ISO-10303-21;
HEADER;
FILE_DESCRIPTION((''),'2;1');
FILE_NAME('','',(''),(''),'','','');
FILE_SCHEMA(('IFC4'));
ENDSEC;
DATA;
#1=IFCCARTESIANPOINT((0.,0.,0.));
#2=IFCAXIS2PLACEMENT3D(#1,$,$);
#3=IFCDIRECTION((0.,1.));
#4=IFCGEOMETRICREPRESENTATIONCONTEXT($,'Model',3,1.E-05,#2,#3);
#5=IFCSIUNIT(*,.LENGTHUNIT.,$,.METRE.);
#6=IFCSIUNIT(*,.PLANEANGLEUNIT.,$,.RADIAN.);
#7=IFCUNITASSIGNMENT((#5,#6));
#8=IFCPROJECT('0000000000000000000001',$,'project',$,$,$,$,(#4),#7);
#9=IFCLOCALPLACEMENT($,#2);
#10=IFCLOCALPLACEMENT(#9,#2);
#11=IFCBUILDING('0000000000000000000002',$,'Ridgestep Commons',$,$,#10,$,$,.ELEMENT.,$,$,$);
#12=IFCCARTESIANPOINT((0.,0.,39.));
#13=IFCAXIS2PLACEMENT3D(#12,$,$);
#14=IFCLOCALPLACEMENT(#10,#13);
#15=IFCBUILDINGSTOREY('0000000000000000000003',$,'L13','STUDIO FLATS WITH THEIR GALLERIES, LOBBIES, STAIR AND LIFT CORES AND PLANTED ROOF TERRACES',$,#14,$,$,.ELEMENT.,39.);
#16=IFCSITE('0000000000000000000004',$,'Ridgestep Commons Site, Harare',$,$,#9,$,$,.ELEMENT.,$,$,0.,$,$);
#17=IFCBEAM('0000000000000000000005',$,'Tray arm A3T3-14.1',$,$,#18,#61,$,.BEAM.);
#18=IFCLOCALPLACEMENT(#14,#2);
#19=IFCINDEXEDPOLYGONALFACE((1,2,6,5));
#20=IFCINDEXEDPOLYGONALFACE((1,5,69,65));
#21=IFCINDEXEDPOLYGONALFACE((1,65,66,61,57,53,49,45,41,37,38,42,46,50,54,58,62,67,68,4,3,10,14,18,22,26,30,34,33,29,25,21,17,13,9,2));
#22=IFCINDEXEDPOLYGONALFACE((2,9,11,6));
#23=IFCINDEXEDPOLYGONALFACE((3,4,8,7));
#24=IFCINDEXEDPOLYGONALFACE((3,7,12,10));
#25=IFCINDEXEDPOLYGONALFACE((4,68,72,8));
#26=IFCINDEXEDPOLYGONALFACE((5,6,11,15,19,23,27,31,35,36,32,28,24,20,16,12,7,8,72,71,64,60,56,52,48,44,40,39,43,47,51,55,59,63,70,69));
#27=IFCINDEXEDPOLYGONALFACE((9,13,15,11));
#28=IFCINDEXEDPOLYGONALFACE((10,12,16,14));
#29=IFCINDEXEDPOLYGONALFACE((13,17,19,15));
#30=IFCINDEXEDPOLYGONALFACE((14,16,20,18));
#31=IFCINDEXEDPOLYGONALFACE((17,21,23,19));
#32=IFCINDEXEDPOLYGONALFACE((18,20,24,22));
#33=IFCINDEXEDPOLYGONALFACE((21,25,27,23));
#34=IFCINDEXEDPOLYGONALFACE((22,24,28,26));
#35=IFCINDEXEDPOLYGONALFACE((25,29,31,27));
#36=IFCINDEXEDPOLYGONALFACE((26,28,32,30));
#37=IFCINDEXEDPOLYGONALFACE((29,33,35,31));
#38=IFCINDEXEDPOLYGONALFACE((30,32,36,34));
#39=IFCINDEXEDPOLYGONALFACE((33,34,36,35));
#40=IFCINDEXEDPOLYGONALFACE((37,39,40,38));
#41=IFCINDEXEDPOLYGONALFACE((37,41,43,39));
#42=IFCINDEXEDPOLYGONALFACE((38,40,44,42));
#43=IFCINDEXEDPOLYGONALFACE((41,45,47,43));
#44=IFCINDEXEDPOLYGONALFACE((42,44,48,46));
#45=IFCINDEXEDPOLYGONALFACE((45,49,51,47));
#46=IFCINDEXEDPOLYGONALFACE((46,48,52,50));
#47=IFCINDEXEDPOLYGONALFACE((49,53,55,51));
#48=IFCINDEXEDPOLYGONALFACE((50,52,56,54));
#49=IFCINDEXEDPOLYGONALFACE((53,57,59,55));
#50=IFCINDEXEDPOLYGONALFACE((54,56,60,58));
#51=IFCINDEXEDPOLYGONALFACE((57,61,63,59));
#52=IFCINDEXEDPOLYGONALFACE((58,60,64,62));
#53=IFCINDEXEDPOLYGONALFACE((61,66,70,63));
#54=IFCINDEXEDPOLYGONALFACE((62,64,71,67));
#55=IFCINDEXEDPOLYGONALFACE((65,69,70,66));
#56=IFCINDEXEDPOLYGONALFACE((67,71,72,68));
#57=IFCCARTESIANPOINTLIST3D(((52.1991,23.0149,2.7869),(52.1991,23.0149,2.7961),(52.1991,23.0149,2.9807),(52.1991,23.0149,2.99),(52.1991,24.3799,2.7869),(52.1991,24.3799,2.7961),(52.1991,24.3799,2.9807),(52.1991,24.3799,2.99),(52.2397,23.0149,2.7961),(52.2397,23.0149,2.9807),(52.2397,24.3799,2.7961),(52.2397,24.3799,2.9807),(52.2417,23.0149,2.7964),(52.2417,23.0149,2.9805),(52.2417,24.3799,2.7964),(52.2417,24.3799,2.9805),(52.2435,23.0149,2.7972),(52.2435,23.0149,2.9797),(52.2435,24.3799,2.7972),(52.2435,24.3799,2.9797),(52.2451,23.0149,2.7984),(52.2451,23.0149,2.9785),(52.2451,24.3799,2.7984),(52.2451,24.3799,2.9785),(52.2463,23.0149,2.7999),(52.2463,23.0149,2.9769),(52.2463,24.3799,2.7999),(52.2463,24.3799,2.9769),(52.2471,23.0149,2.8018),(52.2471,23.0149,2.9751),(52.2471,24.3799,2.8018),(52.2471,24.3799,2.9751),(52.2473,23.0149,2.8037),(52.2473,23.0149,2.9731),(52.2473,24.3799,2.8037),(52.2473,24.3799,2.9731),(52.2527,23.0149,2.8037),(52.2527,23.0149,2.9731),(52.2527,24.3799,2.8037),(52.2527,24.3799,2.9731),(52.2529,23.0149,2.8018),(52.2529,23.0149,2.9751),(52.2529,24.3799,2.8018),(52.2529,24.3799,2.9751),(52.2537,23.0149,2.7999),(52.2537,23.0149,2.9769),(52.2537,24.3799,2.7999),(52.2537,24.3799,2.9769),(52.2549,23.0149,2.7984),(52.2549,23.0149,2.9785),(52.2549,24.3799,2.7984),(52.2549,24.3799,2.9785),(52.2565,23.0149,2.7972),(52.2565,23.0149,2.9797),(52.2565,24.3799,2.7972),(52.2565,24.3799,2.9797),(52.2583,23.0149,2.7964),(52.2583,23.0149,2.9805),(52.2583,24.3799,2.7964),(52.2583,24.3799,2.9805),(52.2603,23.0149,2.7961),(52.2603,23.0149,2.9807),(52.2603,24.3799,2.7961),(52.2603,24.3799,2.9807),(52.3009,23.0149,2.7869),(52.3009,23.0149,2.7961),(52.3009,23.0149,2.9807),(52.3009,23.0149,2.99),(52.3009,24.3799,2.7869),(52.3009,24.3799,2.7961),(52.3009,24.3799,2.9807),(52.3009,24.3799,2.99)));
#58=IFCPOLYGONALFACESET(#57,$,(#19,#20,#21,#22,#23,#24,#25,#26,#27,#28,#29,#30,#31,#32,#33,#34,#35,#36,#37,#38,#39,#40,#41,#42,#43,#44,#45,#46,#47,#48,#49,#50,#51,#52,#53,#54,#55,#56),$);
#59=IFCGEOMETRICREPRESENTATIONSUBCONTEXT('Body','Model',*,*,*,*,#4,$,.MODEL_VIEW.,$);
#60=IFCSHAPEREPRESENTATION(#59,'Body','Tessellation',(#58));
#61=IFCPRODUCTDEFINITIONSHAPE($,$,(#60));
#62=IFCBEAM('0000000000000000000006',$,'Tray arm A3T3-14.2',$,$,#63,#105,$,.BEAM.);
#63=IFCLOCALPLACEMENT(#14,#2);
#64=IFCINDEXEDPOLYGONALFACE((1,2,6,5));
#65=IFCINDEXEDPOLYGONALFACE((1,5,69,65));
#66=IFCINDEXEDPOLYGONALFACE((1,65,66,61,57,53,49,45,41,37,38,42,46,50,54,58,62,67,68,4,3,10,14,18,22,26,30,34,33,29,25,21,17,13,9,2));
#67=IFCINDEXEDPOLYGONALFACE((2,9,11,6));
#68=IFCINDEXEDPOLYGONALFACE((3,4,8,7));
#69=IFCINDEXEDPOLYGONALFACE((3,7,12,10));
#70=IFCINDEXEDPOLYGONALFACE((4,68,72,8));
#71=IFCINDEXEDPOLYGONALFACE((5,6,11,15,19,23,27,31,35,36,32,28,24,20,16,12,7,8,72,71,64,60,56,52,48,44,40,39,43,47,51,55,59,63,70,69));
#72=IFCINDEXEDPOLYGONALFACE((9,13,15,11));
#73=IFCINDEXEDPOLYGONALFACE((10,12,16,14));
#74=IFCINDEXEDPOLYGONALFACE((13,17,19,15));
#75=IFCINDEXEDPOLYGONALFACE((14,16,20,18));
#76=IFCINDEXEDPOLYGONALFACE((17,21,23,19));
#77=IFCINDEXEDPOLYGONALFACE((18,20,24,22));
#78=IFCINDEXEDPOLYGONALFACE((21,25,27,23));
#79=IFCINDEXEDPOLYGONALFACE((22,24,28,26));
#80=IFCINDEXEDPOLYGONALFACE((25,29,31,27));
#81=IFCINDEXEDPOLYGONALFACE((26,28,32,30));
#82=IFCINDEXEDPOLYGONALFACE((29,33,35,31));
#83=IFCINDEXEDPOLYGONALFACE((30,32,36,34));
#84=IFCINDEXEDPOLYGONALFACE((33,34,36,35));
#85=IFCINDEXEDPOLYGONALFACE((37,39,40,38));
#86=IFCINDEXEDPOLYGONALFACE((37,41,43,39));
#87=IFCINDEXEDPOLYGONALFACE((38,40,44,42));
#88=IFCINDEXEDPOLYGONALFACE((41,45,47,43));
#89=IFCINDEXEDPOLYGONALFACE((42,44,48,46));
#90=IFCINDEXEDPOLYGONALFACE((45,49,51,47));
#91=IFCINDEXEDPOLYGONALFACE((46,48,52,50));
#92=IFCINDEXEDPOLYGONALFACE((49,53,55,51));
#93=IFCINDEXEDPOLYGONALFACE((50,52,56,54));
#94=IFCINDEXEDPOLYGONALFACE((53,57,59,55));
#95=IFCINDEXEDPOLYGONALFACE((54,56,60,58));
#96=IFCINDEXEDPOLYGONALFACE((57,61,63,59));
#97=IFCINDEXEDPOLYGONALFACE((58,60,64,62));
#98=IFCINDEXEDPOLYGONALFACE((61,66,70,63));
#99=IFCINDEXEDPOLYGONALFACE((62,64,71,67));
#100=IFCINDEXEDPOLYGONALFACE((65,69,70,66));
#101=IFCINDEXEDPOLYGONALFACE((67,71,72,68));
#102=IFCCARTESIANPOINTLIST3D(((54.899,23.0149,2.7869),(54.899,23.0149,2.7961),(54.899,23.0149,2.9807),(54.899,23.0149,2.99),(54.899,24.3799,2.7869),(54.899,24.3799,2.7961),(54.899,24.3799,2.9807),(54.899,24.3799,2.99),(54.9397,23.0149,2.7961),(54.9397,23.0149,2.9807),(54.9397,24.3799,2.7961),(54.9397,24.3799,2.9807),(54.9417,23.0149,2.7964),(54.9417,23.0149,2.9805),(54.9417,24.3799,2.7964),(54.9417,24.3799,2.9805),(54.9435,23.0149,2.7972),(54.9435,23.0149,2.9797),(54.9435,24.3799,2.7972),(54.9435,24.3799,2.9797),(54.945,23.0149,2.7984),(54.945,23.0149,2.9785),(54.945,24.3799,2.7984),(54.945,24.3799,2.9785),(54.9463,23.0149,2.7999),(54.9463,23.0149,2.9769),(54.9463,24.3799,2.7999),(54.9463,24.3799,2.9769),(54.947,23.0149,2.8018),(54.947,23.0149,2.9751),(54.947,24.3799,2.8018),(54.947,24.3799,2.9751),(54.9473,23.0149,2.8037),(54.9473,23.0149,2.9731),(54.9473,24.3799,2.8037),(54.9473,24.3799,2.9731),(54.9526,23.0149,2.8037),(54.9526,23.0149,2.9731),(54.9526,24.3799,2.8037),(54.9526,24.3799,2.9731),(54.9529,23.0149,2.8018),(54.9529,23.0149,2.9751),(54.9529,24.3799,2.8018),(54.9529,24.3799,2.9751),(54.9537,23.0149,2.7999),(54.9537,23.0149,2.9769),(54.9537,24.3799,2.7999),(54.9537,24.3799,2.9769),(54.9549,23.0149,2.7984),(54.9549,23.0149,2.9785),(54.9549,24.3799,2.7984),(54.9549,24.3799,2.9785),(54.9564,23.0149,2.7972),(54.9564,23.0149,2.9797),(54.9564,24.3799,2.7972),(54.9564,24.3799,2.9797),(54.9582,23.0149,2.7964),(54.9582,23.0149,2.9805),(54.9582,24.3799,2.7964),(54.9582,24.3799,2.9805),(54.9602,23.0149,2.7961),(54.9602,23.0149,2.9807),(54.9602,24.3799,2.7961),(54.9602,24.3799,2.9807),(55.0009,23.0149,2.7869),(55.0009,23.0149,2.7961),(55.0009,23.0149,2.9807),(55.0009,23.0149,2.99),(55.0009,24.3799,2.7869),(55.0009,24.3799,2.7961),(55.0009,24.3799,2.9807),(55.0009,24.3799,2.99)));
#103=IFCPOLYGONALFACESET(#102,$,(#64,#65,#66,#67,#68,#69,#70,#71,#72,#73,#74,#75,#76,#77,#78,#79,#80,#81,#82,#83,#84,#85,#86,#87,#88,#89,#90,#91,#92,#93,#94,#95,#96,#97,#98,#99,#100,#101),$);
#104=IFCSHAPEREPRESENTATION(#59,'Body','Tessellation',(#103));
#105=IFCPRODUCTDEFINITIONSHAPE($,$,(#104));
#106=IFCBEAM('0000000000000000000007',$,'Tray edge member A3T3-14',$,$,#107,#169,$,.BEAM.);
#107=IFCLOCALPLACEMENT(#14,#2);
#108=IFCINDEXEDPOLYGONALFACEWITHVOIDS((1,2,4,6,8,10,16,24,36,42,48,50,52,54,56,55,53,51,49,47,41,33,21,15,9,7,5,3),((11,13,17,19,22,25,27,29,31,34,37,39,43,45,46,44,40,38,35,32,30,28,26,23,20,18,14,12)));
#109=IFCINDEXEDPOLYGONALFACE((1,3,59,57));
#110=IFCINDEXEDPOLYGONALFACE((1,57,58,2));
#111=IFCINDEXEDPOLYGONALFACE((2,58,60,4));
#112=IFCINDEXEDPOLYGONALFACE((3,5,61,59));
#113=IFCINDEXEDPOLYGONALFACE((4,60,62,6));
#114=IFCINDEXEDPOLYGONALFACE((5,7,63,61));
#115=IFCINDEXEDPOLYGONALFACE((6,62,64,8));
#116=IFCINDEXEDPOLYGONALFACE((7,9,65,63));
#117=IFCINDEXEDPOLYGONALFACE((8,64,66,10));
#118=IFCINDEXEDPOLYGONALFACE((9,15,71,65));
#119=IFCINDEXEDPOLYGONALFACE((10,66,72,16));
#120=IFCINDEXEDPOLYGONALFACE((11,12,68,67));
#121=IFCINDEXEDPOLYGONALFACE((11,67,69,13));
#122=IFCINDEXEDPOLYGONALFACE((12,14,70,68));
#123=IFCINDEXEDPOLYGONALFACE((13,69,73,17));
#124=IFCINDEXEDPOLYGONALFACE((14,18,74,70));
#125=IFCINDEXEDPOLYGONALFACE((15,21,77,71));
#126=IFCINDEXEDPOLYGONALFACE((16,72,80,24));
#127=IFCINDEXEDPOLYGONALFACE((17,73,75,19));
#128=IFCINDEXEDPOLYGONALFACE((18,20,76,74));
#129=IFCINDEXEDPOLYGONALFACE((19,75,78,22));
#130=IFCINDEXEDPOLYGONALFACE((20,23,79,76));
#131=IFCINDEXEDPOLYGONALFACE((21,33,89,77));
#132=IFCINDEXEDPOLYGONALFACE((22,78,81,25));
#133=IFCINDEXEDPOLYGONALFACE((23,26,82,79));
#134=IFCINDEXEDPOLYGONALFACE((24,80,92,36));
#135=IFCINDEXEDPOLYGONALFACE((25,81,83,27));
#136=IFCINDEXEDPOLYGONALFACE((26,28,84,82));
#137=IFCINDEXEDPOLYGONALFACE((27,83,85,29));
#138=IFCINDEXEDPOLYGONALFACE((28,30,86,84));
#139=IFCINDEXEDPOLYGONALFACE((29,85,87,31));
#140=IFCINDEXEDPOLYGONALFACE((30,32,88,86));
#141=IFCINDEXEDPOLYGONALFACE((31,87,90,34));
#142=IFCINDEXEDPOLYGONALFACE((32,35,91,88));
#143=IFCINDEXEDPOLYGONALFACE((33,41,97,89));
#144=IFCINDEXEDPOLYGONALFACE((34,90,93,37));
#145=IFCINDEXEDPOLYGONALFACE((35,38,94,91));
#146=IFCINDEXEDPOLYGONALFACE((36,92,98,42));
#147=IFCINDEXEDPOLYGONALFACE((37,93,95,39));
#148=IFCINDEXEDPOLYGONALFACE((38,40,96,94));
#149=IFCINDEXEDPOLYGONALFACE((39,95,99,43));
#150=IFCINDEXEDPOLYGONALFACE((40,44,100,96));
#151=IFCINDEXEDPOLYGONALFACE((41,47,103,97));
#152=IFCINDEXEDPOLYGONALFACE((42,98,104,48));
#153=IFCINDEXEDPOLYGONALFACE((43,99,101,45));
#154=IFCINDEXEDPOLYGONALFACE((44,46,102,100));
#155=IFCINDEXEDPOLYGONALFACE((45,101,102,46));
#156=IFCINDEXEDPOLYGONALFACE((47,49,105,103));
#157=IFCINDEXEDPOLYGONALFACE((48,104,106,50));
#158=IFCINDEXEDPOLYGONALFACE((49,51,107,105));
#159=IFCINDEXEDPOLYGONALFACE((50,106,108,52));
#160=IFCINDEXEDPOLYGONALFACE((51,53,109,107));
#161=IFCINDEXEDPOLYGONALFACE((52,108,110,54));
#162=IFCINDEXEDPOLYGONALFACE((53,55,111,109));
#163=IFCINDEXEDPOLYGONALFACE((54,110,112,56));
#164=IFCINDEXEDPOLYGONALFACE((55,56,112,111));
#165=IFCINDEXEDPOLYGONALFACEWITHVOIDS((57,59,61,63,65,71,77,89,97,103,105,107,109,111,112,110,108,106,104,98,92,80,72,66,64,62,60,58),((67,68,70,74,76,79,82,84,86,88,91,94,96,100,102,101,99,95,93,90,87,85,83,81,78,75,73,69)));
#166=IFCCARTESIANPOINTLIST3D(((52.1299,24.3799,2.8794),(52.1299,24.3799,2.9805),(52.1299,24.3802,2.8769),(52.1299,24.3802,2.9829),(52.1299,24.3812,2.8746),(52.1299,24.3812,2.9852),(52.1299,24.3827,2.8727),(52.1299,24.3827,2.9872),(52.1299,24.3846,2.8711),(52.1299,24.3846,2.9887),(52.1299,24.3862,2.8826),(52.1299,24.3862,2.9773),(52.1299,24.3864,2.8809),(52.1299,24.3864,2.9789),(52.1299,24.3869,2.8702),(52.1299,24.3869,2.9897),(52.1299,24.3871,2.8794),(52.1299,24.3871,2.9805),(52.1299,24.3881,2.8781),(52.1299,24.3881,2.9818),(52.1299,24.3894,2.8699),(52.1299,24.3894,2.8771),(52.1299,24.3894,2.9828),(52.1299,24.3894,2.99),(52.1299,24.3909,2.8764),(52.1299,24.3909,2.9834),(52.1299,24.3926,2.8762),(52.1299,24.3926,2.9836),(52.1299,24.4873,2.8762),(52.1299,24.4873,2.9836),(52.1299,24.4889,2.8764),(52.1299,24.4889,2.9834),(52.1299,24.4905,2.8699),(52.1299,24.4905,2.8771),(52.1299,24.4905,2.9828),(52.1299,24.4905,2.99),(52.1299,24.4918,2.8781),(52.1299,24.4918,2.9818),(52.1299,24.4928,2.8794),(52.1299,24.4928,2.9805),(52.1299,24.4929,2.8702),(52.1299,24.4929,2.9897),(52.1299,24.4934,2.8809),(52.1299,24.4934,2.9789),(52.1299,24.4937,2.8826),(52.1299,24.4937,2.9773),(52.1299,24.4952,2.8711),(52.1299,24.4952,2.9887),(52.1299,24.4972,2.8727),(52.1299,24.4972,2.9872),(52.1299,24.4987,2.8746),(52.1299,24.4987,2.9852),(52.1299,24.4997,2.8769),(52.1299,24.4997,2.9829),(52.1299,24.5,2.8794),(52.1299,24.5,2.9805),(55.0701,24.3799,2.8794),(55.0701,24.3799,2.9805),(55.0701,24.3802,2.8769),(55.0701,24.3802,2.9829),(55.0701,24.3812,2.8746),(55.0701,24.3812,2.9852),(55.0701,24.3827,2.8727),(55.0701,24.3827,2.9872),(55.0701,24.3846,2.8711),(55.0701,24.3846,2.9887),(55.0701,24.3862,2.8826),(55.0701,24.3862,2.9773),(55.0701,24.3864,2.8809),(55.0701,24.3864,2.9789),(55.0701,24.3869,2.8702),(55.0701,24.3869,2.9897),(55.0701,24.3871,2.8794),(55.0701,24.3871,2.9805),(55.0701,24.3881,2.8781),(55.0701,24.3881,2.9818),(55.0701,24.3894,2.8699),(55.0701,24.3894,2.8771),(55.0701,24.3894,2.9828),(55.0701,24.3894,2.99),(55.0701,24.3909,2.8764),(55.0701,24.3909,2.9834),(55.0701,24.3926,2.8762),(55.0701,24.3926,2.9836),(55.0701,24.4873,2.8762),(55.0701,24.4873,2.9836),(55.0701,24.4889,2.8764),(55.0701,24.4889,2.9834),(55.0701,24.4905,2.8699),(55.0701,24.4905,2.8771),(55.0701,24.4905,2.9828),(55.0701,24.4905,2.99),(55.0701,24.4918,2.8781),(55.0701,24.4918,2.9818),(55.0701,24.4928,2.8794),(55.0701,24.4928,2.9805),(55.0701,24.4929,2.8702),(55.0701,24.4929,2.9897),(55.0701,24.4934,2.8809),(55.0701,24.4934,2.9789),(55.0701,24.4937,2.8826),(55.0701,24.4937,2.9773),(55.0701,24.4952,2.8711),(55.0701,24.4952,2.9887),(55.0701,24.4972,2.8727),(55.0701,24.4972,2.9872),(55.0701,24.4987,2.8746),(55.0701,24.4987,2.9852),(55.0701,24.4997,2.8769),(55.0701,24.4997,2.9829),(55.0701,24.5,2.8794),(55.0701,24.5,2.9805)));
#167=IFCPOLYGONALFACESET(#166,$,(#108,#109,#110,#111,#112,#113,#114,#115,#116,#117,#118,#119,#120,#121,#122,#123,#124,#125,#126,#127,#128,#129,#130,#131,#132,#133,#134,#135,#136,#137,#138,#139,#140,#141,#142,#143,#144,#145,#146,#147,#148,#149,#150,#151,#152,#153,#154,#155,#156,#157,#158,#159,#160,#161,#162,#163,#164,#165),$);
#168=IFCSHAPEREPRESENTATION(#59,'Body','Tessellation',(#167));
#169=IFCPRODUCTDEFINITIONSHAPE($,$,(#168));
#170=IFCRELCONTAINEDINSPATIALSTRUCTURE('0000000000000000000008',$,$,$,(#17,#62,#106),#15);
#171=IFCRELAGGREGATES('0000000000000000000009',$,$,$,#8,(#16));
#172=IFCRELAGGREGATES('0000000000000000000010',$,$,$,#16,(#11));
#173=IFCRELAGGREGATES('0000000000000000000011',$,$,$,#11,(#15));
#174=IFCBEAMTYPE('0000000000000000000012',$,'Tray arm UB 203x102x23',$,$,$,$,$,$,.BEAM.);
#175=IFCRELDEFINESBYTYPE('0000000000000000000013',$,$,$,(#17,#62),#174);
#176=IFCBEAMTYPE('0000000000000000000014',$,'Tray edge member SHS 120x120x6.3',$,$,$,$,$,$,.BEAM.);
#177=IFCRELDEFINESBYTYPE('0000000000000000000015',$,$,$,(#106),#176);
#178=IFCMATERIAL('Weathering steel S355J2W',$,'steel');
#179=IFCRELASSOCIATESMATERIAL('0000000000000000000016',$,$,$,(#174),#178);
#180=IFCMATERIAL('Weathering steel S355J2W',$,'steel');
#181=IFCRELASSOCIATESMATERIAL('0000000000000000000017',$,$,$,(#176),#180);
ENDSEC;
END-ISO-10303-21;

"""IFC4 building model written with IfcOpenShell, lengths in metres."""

from ifc_helpers import new_model, si_unit, direction, frame, origin, origin_2d, place, context, subcontext, project, spatial, hollow_rectangle, i_section, extrude, material, material_profile, profile_set, type_object, element, save


model = new_model("IFC4")

# Units and contexts
model_context = context("Model", 3, precision=1e-05, world=origin(), true_north=direction((0.0, 1.0)))
body_context = subcontext(model_context, "Body", "Model", "MODEL_VIEW")
ifc_project = project(units=[si_unit("LENGTHUNIT", "METRE"), si_unit("PLANEANGLEUNIT", "RADIAN")], contexts=[model_context])

# Site, building, storey
site_placement = place(None, origin())
site = spatial("IfcSite", under=ifc_project, at=site_placement, Name="Ridgestep Commons Site, Harare", CompositionType="ELEMENT", RefElevation=0.0)
building_placement = place(site_placement, origin())
building = spatial("IfcBuilding", under=site, at=building_placement, Name="Ridgestep Commons", CompositionType="ELEMENT")
storey_placement = place(building_placement, frame((0.0, 0.0, 39.0)))
storey = spatial("IfcBuildingStorey", under=building, at=storey_placement, Name="L13", Description="STUDIO FLATS WITH THEIR GALLERIES, LOBBIES, STAIR AND LIFT CORES AND PLANTED ROOF TERRACES", CompositionType="ELEMENT", Elevation=39.0)

# Beams
ifc_material_1 = material(Name="Weathering steel S355J2W", Category="steel")
ifc_material_profile_1 = material_profile(ifc_material_1, i_section(OverallWidth=0.1018, OverallDepth=0.2031, WebThickness=0.0054, FlangeThickness=0.0093, FilletRadius=0.0076, at=origin_2d()), Name="UB 203x102x23")
ifc_profile_set_1 = profile_set([ifc_material_profile_1], Name="Weathering steel S355J2W")
beam_type_1 = type_object("IfcBeamType", Name="Tray arm UB 203x102x23", PredefinedType="BEAM", material=ifc_profile_set_1)
for number, where, z_axis, x_axis, name in (
    (1, (52.25, 23.0149, 2.8884), (0.0, 1.0, 0.0), (-1.0, 0.0, 0.0), "Tray arm A3T3-14.1"),
    (2, (54.95, 23.0149, 2.8884), (0.0, 1.0, 0.0), (-1.0, 0.0, 0.0), "Tray arm A3T3-14.2"),
):
    element("IfcBeam", number, at=place(storey_placement, frame(where, z_axis=z_axis, x_axis=x_axis)), inside=storey, type_object=beam_type_1, Name=name, PredefinedType="BEAM", context=body_context, shape_type="SweptSolid", body=[
        extrude(i_section(OverallWidth=0.1018, OverallDepth=0.2031, WebThickness=0.0054, FlangeThickness=0.0093, FilletRadius=0.0076, at=origin_2d()), origin(), (0.0, 0.0, 1.0), 1.365),
    ])
ifc_material_2 = material(Name="Weathering steel S355J2W", Category="steel")
ifc_material_profile_2 = material_profile(ifc_material_2, hollow_rectangle(XDim=0.1201, YDim=0.1201, WallThickness=0.0063, InnerFilletRadius=0.0063, OuterFilletRadius=0.0095, at=origin_2d()), Name="SHS 120x120x6.3")
ifc_profile_set_2 = profile_set([ifc_material_profile_2], Name="Weathering steel S355J2W")
beam_type_2 = type_object("IfcBeamType", Name="Tray edge member SHS 120x120x6.3", PredefinedType="BEAM", material=ifc_profile_set_2)
beam_placement = place(storey_placement, frame((52.1299, 24.4399, 2.9299), z_axis=(1.0, 0.0, 0.0), x_axis=(0.0, 0.0, 1.0)))
element("IfcBeam", 3, at=beam_placement, inside=storey, type_object=beam_type_2, Name="Tray edge member A3T3-14", PredefinedType="BEAM", context=body_context, shape_type="SweptSolid", body=[
    extrude(hollow_rectangle(XDim=0.1201, YDim=0.1201, WallThickness=0.0063, InnerFilletRadius=0.0063, OuterFilletRadius=0.0095, at=origin_2d()), origin(), (0.0, 0.0, 1.0), 2.9402),
])

save(model, "model.ifc")
